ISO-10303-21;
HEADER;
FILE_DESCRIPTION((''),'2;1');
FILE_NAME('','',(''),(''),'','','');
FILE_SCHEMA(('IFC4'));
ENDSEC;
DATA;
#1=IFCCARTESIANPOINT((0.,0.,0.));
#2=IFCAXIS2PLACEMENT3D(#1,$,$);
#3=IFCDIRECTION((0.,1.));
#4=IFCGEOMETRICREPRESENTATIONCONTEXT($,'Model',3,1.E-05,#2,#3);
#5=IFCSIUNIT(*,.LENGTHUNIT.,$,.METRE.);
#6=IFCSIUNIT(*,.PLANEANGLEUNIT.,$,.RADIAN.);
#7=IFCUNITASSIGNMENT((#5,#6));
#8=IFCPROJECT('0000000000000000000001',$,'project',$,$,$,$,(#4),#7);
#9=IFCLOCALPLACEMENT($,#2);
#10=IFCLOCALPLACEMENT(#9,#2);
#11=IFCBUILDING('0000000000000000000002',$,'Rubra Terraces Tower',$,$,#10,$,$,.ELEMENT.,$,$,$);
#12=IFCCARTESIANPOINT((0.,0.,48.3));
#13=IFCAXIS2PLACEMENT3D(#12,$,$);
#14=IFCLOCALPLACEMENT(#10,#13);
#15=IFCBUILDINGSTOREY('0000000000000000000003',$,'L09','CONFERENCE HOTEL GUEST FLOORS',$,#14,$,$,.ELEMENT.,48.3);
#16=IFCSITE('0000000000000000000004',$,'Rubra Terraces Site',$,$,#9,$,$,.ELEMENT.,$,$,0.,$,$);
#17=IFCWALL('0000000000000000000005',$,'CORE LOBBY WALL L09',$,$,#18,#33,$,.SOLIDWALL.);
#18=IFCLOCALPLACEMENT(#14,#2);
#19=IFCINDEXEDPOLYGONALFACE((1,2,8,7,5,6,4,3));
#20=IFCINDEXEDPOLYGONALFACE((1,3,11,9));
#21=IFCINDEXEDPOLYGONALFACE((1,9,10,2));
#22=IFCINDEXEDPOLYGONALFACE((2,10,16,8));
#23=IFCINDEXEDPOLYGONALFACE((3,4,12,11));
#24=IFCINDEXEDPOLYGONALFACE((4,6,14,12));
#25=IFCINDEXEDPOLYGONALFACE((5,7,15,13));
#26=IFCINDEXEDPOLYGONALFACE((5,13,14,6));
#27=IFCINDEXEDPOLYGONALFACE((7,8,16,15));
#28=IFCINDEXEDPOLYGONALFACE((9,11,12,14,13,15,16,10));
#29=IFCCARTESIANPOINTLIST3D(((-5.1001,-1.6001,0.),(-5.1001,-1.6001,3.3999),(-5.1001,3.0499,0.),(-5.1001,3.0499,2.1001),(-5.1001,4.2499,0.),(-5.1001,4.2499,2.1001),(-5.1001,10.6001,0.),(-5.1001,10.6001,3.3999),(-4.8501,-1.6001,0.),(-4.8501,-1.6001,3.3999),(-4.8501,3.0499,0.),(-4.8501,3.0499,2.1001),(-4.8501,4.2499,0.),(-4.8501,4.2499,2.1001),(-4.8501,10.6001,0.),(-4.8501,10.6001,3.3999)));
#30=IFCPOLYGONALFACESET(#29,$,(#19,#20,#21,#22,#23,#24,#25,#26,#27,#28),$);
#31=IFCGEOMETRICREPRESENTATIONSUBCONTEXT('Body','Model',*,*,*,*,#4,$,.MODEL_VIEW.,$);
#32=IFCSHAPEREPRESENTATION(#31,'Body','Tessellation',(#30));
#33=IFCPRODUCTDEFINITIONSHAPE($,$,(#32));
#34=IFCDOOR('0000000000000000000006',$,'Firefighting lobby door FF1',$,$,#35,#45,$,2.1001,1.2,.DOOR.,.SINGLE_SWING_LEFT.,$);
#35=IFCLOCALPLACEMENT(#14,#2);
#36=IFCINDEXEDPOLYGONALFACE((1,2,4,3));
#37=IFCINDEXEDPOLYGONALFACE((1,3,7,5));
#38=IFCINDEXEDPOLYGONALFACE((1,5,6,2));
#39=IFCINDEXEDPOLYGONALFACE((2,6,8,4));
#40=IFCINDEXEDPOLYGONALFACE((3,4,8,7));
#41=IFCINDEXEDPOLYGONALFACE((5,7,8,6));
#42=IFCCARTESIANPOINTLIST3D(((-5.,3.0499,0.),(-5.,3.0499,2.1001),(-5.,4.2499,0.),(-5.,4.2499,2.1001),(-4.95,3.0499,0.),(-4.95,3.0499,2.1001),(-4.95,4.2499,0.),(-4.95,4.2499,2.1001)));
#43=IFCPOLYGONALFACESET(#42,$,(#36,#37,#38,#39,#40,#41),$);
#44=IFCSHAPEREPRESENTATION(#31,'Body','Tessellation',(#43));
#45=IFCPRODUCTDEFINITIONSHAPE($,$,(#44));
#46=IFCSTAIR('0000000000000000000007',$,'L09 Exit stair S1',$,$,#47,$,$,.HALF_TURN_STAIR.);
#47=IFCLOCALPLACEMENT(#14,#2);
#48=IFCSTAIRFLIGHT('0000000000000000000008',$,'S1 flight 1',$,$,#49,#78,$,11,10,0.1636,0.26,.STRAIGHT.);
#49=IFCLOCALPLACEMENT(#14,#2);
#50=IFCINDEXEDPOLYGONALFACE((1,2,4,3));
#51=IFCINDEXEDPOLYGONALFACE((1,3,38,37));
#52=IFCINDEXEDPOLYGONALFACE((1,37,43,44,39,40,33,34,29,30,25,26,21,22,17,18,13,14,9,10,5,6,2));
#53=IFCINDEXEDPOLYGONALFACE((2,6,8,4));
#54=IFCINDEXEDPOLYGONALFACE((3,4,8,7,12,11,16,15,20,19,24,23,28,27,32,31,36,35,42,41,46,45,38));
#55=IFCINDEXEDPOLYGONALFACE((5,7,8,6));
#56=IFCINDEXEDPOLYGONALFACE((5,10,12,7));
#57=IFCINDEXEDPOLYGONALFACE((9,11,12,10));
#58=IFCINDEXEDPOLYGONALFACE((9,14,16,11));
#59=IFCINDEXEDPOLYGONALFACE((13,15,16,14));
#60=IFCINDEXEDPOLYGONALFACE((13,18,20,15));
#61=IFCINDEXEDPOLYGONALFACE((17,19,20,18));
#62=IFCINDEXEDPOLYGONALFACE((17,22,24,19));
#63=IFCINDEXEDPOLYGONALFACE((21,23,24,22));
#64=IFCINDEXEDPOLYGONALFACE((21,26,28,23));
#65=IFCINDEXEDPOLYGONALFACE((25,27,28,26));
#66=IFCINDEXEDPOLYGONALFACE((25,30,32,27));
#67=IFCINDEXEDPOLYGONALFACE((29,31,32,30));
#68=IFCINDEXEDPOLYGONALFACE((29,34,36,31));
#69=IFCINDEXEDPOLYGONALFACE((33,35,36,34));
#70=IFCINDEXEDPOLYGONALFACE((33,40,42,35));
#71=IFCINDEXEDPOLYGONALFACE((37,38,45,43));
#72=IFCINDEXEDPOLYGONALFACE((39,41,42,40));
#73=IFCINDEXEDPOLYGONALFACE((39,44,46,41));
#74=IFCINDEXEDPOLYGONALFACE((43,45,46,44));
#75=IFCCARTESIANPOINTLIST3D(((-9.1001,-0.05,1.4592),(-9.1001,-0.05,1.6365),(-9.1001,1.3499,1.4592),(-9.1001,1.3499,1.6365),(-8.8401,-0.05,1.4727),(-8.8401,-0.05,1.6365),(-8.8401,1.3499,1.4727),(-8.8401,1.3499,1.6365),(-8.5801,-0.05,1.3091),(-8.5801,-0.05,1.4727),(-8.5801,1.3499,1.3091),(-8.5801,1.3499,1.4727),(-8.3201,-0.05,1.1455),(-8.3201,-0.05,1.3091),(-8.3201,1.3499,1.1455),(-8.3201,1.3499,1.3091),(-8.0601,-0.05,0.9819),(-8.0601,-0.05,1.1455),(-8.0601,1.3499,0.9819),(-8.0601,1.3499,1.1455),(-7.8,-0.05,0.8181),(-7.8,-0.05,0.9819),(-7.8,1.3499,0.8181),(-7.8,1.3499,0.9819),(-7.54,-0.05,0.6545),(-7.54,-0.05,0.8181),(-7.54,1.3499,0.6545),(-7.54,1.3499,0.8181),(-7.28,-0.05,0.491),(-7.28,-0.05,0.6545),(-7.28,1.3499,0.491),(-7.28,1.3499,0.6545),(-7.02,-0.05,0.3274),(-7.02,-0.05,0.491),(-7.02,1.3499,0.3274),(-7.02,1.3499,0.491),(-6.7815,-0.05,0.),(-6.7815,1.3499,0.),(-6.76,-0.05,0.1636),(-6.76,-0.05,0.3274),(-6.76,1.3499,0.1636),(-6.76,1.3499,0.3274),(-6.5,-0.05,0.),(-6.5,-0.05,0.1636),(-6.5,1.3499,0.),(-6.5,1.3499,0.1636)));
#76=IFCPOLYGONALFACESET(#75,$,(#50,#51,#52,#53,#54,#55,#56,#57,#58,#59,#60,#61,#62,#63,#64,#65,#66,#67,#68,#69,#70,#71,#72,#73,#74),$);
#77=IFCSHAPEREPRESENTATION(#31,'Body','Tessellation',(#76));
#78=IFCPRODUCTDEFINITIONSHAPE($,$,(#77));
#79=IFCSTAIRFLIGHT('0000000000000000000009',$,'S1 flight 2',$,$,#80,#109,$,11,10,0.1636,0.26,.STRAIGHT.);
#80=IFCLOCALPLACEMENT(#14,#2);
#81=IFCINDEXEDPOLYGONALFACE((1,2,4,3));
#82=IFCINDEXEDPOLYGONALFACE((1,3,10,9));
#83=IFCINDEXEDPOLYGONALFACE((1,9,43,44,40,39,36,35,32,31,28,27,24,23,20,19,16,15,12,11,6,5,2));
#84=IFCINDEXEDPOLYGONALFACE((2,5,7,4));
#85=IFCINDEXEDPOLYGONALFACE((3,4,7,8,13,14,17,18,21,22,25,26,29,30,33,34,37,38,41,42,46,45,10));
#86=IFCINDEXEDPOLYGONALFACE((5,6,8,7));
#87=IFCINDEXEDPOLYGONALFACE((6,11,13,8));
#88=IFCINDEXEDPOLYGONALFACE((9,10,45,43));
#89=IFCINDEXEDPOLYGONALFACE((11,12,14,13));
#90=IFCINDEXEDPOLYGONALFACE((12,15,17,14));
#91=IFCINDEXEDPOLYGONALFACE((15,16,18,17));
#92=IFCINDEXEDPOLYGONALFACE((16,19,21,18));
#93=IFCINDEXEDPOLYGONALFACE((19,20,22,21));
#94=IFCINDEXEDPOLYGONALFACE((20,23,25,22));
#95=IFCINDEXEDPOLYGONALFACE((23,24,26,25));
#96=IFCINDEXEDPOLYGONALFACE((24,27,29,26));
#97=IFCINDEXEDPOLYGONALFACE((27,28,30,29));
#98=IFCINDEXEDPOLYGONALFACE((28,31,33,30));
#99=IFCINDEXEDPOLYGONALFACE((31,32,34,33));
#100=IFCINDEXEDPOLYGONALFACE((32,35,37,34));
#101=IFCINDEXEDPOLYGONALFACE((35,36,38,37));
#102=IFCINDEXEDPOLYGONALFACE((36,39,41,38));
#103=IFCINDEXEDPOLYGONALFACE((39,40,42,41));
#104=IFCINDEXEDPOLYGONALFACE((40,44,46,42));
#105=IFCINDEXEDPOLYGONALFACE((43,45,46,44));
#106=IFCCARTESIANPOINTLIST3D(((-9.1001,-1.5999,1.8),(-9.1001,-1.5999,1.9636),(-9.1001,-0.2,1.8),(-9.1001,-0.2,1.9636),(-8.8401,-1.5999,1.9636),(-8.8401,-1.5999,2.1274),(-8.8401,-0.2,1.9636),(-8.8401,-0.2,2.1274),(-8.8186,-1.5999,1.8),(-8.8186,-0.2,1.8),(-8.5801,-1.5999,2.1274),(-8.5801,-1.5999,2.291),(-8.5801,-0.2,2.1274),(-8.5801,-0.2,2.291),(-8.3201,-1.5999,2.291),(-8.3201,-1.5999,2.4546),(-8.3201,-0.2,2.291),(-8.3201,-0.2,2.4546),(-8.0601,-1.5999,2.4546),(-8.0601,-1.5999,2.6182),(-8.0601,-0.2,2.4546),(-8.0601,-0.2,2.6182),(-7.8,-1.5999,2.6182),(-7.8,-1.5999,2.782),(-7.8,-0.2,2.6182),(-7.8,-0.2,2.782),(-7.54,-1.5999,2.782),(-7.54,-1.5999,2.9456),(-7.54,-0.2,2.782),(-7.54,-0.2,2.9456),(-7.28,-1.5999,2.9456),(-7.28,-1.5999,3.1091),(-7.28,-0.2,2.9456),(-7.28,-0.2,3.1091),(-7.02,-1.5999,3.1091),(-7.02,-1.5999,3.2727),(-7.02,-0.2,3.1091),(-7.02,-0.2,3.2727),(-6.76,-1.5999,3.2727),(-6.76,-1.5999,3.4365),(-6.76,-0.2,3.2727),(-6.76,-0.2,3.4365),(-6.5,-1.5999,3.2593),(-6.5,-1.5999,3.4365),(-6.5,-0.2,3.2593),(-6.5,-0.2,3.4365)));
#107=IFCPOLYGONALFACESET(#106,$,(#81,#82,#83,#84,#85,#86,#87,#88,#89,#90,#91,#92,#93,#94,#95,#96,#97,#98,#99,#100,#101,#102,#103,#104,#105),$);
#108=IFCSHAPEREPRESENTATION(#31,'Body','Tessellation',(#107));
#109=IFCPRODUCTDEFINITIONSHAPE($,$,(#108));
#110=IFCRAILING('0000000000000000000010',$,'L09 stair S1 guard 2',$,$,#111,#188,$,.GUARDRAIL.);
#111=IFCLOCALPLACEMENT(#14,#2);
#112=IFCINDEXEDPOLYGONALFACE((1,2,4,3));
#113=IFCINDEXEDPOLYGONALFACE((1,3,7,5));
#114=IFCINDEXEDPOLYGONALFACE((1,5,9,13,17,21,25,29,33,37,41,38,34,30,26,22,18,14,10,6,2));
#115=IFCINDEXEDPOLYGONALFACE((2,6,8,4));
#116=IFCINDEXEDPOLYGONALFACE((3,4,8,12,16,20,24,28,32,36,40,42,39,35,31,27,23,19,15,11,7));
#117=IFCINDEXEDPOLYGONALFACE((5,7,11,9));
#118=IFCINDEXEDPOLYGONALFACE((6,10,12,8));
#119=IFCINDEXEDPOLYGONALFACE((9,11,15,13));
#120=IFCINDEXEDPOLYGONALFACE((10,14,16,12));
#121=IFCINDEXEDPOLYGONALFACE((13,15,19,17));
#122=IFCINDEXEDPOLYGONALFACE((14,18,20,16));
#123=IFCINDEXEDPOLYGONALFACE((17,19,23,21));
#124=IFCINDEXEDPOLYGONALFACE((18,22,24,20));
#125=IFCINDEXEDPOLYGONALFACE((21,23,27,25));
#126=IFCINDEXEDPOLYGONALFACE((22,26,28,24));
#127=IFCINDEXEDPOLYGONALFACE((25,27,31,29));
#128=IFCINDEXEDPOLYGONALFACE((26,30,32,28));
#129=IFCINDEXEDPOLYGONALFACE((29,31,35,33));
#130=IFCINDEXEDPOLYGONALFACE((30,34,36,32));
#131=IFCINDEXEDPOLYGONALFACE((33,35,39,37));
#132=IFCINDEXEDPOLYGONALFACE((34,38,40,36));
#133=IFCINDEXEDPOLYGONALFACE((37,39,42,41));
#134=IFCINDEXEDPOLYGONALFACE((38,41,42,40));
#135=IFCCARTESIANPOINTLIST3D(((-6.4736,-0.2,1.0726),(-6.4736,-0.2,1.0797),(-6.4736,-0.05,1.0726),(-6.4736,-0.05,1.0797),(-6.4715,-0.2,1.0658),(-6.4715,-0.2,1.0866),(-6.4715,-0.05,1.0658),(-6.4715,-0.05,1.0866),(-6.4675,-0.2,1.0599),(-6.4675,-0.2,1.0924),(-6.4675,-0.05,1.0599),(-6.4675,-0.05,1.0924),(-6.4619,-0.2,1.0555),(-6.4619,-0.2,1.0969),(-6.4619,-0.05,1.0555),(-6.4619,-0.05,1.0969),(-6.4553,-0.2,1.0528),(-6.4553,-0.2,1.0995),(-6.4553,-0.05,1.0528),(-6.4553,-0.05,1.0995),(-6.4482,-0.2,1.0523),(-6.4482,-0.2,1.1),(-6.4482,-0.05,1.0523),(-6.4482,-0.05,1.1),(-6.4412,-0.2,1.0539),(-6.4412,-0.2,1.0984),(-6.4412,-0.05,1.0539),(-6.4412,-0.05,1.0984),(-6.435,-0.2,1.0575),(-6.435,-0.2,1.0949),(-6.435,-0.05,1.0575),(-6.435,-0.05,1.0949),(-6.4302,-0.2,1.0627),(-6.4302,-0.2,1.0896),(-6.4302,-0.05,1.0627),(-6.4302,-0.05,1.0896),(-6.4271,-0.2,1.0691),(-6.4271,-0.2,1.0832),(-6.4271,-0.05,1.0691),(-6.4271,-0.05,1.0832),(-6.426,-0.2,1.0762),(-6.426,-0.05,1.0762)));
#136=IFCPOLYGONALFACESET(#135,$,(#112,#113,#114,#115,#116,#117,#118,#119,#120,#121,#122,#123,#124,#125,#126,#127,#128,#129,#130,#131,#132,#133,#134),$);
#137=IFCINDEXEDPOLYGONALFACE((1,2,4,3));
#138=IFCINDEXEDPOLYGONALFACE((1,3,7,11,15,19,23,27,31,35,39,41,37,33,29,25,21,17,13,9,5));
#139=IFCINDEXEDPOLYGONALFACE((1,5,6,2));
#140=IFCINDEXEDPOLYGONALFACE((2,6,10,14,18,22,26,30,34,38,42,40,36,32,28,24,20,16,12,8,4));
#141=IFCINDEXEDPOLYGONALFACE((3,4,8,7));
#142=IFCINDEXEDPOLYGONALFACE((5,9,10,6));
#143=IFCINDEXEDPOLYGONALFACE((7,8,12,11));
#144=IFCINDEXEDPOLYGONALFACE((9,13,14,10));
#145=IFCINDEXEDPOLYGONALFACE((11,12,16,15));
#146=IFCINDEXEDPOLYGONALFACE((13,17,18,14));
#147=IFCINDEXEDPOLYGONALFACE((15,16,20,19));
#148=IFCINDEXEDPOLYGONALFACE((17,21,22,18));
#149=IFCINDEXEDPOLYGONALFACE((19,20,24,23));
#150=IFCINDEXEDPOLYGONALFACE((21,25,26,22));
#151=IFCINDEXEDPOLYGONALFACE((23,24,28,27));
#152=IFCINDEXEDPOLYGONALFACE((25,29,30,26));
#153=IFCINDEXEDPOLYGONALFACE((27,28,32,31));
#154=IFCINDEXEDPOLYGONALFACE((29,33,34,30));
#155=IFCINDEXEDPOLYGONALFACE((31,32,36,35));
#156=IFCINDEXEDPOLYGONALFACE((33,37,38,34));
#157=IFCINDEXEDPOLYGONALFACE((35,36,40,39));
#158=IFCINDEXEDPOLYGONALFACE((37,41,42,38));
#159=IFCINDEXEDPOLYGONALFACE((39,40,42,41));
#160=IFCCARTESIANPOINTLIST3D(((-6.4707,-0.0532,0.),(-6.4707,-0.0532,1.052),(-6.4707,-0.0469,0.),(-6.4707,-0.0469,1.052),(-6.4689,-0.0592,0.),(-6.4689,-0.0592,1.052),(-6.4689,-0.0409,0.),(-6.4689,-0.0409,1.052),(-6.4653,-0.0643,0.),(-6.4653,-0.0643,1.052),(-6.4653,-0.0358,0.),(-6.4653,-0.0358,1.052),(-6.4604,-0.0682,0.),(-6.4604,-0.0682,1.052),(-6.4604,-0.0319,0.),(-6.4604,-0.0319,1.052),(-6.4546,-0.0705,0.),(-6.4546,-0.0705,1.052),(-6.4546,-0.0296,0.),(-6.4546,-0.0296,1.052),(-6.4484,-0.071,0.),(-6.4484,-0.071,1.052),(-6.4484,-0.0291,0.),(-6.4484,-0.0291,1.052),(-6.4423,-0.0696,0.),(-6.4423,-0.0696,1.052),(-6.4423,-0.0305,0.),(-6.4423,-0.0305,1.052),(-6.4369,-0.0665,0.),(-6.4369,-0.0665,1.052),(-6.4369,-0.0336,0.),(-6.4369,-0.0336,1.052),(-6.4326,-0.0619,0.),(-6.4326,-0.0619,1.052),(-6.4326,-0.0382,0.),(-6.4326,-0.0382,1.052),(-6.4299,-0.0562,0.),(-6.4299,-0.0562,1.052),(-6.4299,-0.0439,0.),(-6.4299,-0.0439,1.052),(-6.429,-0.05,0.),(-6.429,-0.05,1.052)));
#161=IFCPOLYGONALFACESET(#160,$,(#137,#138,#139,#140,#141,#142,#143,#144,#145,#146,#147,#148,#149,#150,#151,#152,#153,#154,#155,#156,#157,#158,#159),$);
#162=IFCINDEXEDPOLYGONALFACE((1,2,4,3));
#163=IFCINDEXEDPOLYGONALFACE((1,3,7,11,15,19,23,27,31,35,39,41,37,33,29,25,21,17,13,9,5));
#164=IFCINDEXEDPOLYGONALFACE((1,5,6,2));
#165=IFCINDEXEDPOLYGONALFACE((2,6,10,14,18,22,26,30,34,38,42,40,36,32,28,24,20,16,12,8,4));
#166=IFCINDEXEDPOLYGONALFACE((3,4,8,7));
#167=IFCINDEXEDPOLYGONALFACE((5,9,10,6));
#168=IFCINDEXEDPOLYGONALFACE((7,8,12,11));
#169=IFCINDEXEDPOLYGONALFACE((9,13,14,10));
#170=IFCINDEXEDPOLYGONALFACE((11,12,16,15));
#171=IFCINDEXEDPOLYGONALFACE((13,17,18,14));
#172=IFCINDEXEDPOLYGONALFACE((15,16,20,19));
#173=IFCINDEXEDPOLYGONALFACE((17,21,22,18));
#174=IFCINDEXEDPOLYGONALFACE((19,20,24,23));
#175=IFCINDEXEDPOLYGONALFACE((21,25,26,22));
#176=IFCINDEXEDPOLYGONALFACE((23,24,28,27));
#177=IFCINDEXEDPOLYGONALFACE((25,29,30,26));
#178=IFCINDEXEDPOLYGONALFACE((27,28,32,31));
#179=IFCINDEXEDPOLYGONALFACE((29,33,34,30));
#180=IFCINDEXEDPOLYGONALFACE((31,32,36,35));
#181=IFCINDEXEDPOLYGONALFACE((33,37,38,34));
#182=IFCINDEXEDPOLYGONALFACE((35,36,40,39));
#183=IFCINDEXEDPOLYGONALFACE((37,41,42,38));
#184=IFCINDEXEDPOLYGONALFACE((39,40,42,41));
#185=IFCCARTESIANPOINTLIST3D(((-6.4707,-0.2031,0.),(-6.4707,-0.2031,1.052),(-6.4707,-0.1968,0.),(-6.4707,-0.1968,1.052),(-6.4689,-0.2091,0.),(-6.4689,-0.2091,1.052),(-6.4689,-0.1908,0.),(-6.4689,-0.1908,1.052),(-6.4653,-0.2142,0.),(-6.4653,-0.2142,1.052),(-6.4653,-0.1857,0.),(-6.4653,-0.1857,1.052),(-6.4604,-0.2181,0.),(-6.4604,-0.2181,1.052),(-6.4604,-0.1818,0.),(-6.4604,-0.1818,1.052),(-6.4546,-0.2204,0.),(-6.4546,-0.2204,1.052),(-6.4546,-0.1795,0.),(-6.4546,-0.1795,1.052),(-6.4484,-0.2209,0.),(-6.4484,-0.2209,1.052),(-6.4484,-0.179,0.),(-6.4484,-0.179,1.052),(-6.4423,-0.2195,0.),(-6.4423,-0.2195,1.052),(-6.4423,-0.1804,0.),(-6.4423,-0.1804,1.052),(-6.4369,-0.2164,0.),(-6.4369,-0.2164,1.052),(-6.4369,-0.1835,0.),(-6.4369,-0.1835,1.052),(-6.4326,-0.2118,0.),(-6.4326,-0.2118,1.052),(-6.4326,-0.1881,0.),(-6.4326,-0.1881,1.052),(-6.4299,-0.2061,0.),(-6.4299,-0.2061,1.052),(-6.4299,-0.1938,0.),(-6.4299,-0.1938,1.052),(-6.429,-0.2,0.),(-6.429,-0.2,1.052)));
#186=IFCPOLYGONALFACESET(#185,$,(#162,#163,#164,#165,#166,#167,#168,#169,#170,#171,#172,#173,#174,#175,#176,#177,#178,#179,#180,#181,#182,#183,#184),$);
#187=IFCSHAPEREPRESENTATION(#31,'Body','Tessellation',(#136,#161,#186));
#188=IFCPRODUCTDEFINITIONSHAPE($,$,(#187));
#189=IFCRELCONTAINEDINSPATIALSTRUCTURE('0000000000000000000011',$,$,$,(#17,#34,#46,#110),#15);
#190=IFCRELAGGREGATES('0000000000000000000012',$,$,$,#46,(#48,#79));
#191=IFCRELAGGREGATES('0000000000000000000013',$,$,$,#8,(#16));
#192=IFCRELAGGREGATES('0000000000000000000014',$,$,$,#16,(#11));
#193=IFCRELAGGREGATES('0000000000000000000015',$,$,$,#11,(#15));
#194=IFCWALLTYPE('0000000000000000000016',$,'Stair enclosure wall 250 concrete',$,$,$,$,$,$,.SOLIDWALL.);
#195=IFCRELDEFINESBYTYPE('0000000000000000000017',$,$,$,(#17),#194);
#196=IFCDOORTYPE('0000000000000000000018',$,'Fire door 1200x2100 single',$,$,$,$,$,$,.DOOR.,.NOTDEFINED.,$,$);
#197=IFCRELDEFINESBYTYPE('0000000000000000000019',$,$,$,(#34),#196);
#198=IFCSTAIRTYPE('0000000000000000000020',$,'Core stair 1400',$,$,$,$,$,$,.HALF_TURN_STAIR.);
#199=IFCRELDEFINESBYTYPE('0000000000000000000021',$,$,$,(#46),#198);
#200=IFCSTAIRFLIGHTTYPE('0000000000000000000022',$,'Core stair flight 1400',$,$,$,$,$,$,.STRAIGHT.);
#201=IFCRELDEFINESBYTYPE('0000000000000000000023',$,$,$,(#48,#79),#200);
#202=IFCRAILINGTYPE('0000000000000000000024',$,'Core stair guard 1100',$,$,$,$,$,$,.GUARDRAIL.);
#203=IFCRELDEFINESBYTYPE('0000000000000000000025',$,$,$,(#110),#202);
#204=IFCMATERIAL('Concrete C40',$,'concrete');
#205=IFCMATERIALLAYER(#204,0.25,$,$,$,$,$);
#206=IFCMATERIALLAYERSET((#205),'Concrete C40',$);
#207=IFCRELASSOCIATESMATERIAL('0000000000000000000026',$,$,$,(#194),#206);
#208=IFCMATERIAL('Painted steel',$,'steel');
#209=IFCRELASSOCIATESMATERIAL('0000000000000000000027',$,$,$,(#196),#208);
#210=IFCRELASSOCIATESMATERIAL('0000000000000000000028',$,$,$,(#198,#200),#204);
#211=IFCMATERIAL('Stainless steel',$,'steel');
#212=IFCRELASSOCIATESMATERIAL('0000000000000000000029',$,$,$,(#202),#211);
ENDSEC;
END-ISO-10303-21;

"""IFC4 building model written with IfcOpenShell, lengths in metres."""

from ifc_helpers import new_model, si_unit, direction, frame, frame_2d, origin, origin_2d, place, context, subcontext, project, spatial, polyline, rectangle, circle, outline, extrude, material, layer, layer_set, type_object, element, fill, aggregate, save


model = new_model("IFC4")

# Units and contexts
model_context = context("Model", 3, precision=1e-05, world=origin(), true_north=direction((0.0, 1.0)))
body_context = subcontext(model_context, "Body", "Model", "MODEL_VIEW")
ifc_project = project(units=[si_unit("LENGTHUNIT", "METRE"), si_unit("PLANEANGLEUNIT", "RADIAN")], contexts=[model_context])

# Site, building, storey
site_placement = place(None, origin())
site = spatial("IfcSite", under=ifc_project, at=site_placement, Name="Rubra Terraces Site", CompositionType="ELEMENT", RefElevation=0.0)
building_placement = place(site_placement, origin())
building = spatial("IfcBuilding", under=site, at=building_placement, Name="Rubra Terraces Tower", CompositionType="ELEMENT")
storey_placement = place(building_placement, frame((0.0, 0.0, 48.3)))
storey = spatial("IfcBuildingStorey", under=building, at=storey_placement, Name="L09", Description="CONFERENCE HOTEL GUEST FLOORS", CompositionType="ELEMENT", Elevation=48.3)

# Shared definitions
ifc_material_1 = material(Name="Concrete C40", Category="concrete")

# Shared definitions
ifc_material_2 = material(Name="Painted steel", Category="steel")

# Wall, opening, door
ifc_layer_1 = layer(ifc_material_1, 0.25)
ifc_layer_set_1 = layer_set([ifc_layer_1], Name="Concrete C40")
wall_type_1 = type_object("IfcWallType", Name="Stair enclosure wall 250 concrete", PredefinedType="SOLIDWALL", material=ifc_layer_set_1)
wall_1_placement = place(storey_placement, frame((-4.9751, -1.6001, 0.0), z_axis=(0.0, 0.0, 1.0), x_axis=(0.0, 1.0, 0.0)))
wall_1 = element("IfcWall", 1, at=wall_1_placement, inside=storey, type_object=wall_type_1, Name="CORE LOBBY WALL L09", PredefinedType="SOLIDWALL", context=body_context, shape_type="SweptSolid", body=[
    extrude(rectangle(XDim=12.2002, YDim=0.25, at=frame_2d((6.1001, 0.0))), origin(), (0.0, 0.0, 1.0), 3.3999),
])
opening_1_placement = place(wall_1_placement, frame((4.6499, 0.0, 0.0)))
opening_1 = element("IfcOpeningElement", 2, at=opening_1_placement, cuts=wall_1, PredefinedType="OPENING", context=body_context, shape_type="SweptSolid", body=[
    extrude(rectangle(XDim=1.2, YDim=2.1001, at=frame_2d((0.6001, 1.05))), frame((0.0, 0.135, 0.0), z_axis=(0.0, -1.0, 0.0), x_axis=(1.0, 0.0, 0.0)), (0.0, 0.0, 1.0), 0.27),
])
door_type_1 = type_object("IfcDoorType", Name="Fire door 1200x2100 single", OperationType="NOTDEFINED", PredefinedType="DOOR", material=ifc_material_2)
door_1_placement = place(opening_1_placement, origin())
door_1 = element("IfcDoor", 3, at=door_1_placement, inside=storey, type_object=door_type_1, Name="Firefighting lobby door FF1", OperationType="SINGLE_SWING_LEFT", OverallHeight=2.1001, OverallWidth=1.2, PredefinedType="DOOR", context=body_context, shape_type="SweptSolid", body=[
    extrude(rectangle(XDim=1.2, YDim=2.1001, at=frame_2d((0.6001, 1.05))), frame((0.0, 0.0249, 0.0), z_axis=(0.0, -1.0, 0.0), x_axis=(1.0, 0.0, 0.0)), (0.0, 0.0, 1.0), 0.05),
])
fill(opening_1, door_1)

# Stair, stair flights
stair_type = type_object("IfcStairType", Name="Core stair 1400", PredefinedType="HALF_TURN_STAIR", material=ifc_material_1)
stair_placement = place(storey_placement, origin())
stair = element("IfcStair", 4, at=stair_placement, inside=storey, type_object=stair_type, Name="L09 Exit stair S1", PredefinedType="HALF_TURN_STAIR")
stair_flight_type = type_object("IfcStairFlightType", Name="Core stair flight 1400", PredefinedType="STRAIGHT", material=ifc_material_1)
stair_flight_1_placement = place(storey_placement, frame((-6.5, 0.6499, 0.0), z_axis=(0.0, 0.0, 1.0), x_axis=(-1.0, 0.0, 0.0)))
stair_flight_1 = element("IfcStairFlight", 5, at=stair_flight_1_placement, type_object=stair_flight_type, Name="S1 flight 1", NumberOfRisers=11, NumberOfTreads=10, PredefinedType="STRAIGHT", RiserHeight=0.1636, TreadLength=0.26, context=body_context, shape_type="SweptSolid", body=[
    extrude(outline(polyline([(0.0, 0.0), (0.0, 0.1636), (0.26, 0.1636), (0.26, 0.3274), (0.52, 0.3274), (0.52, 0.491), (0.78, 0.491), (0.78, 0.6545), (1.04, 0.6545), (1.04, 0.8181), (1.3, 0.8181), (1.3, 0.9819), (1.5601, 0.9819), (1.5601, 1.1455), (1.8201, 1.1455), (1.8201, 1.3091), (2.0801, 1.3091), (2.0801, 1.4727), (2.3401, 1.4727), (2.3401, 1.6365), (2.6001, 1.6365), (2.6001, 1.8), (2.6001, 1.4592), (0.2815, 0.0), (0.0, 0.0)])), frame((0.0, 0.7, 0.0), z_axis=(0.0, -1.0, 0.0), x_axis=(1.0, 0.0, 0.0)), (0.0, 0.0, 1.0), 1.3999),
])
stair_flight_2_placement = place(storey_placement, frame((-9.1001, -0.8999, 1.8), z_axis=(0.0, 0.0, 1.0), x_axis=(1.0, 0.0, 0.0)))
stair_flight_2 = element("IfcStairFlight", 6, at=stair_flight_2_placement, type_object=stair_flight_type, Name="S1 flight 2", NumberOfRisers=11, NumberOfTreads=10, PredefinedType="STRAIGHT", RiserHeight=0.1636, TreadLength=0.26, context=body_context, shape_type="SweptSolid", body=[
    extrude(outline(polyline([(0.0, 0.0), (0.0, 0.1636), (0.26, 0.1636), (0.26, 0.3274), (0.52, 0.3274), (0.52, 0.491), (0.78, 0.491), (0.78, 0.6545), (1.04, 0.6545), (1.04, 0.8181), (1.3, 0.8181), (1.3, 0.9819), (1.5601, 0.9819), (1.5601, 1.1455), (1.8201, 1.1455), (1.8201, 1.3091), (2.0801, 1.3091), (2.0801, 1.4727), (2.3401, 1.4727), (2.3401, 1.6365), (2.6001, 1.6365), (2.6001, 1.8), (2.6001, 1.4592), (0.2815, 0.0), (0.0, 0.0)])), frame((0.0, 0.7, 0.0), z_axis=(0.0, -1.0, 0.0), x_axis=(1.0, 0.0, 0.0)), (0.0, 0.0, 1.0), 1.3999),
])
aggregate(stair, [stair_flight_1, stair_flight_2])

# Railing
ifc_material_3 = material(Name="Stainless steel", Category="steel")
railing_type = type_object("IfcRailingType", Name="Core stair guard 1100", PredefinedType="GUARDRAIL", material=ifc_material_3)
railing_1_placement = place(storey_placement, frame((-6.45, -0.05, 0.0)))
element("IfcRailing", 7, at=railing_1_placement, inside=storey, type_object=railing_type, Name="L09 stair S1 guard 2", PredefinedType="GUARDRAIL", context=body_context, shape_type="SweptSolid", body=[
    extrude(circle(Radius=0.0239, at=origin_2d()), frame((0.0, 0.0, 1.0762), z_axis=(0.0, -1.0, 0.0), x_axis=(1.0, 0.0, 0.0)), (0.0, 0.0, 1.0), 0.1499),
    extrude(circle(Radius=0.021, at=origin_2d()), origin(), (0.0, 0.0, 1.0), 1.052),
    extrude(circle(Radius=0.021, at=origin_2d()), frame((0.0, -0.1499, 0.0)), (0.0, 0.0, 1.0), 1.052),
])

save(model, "model.ifc")
